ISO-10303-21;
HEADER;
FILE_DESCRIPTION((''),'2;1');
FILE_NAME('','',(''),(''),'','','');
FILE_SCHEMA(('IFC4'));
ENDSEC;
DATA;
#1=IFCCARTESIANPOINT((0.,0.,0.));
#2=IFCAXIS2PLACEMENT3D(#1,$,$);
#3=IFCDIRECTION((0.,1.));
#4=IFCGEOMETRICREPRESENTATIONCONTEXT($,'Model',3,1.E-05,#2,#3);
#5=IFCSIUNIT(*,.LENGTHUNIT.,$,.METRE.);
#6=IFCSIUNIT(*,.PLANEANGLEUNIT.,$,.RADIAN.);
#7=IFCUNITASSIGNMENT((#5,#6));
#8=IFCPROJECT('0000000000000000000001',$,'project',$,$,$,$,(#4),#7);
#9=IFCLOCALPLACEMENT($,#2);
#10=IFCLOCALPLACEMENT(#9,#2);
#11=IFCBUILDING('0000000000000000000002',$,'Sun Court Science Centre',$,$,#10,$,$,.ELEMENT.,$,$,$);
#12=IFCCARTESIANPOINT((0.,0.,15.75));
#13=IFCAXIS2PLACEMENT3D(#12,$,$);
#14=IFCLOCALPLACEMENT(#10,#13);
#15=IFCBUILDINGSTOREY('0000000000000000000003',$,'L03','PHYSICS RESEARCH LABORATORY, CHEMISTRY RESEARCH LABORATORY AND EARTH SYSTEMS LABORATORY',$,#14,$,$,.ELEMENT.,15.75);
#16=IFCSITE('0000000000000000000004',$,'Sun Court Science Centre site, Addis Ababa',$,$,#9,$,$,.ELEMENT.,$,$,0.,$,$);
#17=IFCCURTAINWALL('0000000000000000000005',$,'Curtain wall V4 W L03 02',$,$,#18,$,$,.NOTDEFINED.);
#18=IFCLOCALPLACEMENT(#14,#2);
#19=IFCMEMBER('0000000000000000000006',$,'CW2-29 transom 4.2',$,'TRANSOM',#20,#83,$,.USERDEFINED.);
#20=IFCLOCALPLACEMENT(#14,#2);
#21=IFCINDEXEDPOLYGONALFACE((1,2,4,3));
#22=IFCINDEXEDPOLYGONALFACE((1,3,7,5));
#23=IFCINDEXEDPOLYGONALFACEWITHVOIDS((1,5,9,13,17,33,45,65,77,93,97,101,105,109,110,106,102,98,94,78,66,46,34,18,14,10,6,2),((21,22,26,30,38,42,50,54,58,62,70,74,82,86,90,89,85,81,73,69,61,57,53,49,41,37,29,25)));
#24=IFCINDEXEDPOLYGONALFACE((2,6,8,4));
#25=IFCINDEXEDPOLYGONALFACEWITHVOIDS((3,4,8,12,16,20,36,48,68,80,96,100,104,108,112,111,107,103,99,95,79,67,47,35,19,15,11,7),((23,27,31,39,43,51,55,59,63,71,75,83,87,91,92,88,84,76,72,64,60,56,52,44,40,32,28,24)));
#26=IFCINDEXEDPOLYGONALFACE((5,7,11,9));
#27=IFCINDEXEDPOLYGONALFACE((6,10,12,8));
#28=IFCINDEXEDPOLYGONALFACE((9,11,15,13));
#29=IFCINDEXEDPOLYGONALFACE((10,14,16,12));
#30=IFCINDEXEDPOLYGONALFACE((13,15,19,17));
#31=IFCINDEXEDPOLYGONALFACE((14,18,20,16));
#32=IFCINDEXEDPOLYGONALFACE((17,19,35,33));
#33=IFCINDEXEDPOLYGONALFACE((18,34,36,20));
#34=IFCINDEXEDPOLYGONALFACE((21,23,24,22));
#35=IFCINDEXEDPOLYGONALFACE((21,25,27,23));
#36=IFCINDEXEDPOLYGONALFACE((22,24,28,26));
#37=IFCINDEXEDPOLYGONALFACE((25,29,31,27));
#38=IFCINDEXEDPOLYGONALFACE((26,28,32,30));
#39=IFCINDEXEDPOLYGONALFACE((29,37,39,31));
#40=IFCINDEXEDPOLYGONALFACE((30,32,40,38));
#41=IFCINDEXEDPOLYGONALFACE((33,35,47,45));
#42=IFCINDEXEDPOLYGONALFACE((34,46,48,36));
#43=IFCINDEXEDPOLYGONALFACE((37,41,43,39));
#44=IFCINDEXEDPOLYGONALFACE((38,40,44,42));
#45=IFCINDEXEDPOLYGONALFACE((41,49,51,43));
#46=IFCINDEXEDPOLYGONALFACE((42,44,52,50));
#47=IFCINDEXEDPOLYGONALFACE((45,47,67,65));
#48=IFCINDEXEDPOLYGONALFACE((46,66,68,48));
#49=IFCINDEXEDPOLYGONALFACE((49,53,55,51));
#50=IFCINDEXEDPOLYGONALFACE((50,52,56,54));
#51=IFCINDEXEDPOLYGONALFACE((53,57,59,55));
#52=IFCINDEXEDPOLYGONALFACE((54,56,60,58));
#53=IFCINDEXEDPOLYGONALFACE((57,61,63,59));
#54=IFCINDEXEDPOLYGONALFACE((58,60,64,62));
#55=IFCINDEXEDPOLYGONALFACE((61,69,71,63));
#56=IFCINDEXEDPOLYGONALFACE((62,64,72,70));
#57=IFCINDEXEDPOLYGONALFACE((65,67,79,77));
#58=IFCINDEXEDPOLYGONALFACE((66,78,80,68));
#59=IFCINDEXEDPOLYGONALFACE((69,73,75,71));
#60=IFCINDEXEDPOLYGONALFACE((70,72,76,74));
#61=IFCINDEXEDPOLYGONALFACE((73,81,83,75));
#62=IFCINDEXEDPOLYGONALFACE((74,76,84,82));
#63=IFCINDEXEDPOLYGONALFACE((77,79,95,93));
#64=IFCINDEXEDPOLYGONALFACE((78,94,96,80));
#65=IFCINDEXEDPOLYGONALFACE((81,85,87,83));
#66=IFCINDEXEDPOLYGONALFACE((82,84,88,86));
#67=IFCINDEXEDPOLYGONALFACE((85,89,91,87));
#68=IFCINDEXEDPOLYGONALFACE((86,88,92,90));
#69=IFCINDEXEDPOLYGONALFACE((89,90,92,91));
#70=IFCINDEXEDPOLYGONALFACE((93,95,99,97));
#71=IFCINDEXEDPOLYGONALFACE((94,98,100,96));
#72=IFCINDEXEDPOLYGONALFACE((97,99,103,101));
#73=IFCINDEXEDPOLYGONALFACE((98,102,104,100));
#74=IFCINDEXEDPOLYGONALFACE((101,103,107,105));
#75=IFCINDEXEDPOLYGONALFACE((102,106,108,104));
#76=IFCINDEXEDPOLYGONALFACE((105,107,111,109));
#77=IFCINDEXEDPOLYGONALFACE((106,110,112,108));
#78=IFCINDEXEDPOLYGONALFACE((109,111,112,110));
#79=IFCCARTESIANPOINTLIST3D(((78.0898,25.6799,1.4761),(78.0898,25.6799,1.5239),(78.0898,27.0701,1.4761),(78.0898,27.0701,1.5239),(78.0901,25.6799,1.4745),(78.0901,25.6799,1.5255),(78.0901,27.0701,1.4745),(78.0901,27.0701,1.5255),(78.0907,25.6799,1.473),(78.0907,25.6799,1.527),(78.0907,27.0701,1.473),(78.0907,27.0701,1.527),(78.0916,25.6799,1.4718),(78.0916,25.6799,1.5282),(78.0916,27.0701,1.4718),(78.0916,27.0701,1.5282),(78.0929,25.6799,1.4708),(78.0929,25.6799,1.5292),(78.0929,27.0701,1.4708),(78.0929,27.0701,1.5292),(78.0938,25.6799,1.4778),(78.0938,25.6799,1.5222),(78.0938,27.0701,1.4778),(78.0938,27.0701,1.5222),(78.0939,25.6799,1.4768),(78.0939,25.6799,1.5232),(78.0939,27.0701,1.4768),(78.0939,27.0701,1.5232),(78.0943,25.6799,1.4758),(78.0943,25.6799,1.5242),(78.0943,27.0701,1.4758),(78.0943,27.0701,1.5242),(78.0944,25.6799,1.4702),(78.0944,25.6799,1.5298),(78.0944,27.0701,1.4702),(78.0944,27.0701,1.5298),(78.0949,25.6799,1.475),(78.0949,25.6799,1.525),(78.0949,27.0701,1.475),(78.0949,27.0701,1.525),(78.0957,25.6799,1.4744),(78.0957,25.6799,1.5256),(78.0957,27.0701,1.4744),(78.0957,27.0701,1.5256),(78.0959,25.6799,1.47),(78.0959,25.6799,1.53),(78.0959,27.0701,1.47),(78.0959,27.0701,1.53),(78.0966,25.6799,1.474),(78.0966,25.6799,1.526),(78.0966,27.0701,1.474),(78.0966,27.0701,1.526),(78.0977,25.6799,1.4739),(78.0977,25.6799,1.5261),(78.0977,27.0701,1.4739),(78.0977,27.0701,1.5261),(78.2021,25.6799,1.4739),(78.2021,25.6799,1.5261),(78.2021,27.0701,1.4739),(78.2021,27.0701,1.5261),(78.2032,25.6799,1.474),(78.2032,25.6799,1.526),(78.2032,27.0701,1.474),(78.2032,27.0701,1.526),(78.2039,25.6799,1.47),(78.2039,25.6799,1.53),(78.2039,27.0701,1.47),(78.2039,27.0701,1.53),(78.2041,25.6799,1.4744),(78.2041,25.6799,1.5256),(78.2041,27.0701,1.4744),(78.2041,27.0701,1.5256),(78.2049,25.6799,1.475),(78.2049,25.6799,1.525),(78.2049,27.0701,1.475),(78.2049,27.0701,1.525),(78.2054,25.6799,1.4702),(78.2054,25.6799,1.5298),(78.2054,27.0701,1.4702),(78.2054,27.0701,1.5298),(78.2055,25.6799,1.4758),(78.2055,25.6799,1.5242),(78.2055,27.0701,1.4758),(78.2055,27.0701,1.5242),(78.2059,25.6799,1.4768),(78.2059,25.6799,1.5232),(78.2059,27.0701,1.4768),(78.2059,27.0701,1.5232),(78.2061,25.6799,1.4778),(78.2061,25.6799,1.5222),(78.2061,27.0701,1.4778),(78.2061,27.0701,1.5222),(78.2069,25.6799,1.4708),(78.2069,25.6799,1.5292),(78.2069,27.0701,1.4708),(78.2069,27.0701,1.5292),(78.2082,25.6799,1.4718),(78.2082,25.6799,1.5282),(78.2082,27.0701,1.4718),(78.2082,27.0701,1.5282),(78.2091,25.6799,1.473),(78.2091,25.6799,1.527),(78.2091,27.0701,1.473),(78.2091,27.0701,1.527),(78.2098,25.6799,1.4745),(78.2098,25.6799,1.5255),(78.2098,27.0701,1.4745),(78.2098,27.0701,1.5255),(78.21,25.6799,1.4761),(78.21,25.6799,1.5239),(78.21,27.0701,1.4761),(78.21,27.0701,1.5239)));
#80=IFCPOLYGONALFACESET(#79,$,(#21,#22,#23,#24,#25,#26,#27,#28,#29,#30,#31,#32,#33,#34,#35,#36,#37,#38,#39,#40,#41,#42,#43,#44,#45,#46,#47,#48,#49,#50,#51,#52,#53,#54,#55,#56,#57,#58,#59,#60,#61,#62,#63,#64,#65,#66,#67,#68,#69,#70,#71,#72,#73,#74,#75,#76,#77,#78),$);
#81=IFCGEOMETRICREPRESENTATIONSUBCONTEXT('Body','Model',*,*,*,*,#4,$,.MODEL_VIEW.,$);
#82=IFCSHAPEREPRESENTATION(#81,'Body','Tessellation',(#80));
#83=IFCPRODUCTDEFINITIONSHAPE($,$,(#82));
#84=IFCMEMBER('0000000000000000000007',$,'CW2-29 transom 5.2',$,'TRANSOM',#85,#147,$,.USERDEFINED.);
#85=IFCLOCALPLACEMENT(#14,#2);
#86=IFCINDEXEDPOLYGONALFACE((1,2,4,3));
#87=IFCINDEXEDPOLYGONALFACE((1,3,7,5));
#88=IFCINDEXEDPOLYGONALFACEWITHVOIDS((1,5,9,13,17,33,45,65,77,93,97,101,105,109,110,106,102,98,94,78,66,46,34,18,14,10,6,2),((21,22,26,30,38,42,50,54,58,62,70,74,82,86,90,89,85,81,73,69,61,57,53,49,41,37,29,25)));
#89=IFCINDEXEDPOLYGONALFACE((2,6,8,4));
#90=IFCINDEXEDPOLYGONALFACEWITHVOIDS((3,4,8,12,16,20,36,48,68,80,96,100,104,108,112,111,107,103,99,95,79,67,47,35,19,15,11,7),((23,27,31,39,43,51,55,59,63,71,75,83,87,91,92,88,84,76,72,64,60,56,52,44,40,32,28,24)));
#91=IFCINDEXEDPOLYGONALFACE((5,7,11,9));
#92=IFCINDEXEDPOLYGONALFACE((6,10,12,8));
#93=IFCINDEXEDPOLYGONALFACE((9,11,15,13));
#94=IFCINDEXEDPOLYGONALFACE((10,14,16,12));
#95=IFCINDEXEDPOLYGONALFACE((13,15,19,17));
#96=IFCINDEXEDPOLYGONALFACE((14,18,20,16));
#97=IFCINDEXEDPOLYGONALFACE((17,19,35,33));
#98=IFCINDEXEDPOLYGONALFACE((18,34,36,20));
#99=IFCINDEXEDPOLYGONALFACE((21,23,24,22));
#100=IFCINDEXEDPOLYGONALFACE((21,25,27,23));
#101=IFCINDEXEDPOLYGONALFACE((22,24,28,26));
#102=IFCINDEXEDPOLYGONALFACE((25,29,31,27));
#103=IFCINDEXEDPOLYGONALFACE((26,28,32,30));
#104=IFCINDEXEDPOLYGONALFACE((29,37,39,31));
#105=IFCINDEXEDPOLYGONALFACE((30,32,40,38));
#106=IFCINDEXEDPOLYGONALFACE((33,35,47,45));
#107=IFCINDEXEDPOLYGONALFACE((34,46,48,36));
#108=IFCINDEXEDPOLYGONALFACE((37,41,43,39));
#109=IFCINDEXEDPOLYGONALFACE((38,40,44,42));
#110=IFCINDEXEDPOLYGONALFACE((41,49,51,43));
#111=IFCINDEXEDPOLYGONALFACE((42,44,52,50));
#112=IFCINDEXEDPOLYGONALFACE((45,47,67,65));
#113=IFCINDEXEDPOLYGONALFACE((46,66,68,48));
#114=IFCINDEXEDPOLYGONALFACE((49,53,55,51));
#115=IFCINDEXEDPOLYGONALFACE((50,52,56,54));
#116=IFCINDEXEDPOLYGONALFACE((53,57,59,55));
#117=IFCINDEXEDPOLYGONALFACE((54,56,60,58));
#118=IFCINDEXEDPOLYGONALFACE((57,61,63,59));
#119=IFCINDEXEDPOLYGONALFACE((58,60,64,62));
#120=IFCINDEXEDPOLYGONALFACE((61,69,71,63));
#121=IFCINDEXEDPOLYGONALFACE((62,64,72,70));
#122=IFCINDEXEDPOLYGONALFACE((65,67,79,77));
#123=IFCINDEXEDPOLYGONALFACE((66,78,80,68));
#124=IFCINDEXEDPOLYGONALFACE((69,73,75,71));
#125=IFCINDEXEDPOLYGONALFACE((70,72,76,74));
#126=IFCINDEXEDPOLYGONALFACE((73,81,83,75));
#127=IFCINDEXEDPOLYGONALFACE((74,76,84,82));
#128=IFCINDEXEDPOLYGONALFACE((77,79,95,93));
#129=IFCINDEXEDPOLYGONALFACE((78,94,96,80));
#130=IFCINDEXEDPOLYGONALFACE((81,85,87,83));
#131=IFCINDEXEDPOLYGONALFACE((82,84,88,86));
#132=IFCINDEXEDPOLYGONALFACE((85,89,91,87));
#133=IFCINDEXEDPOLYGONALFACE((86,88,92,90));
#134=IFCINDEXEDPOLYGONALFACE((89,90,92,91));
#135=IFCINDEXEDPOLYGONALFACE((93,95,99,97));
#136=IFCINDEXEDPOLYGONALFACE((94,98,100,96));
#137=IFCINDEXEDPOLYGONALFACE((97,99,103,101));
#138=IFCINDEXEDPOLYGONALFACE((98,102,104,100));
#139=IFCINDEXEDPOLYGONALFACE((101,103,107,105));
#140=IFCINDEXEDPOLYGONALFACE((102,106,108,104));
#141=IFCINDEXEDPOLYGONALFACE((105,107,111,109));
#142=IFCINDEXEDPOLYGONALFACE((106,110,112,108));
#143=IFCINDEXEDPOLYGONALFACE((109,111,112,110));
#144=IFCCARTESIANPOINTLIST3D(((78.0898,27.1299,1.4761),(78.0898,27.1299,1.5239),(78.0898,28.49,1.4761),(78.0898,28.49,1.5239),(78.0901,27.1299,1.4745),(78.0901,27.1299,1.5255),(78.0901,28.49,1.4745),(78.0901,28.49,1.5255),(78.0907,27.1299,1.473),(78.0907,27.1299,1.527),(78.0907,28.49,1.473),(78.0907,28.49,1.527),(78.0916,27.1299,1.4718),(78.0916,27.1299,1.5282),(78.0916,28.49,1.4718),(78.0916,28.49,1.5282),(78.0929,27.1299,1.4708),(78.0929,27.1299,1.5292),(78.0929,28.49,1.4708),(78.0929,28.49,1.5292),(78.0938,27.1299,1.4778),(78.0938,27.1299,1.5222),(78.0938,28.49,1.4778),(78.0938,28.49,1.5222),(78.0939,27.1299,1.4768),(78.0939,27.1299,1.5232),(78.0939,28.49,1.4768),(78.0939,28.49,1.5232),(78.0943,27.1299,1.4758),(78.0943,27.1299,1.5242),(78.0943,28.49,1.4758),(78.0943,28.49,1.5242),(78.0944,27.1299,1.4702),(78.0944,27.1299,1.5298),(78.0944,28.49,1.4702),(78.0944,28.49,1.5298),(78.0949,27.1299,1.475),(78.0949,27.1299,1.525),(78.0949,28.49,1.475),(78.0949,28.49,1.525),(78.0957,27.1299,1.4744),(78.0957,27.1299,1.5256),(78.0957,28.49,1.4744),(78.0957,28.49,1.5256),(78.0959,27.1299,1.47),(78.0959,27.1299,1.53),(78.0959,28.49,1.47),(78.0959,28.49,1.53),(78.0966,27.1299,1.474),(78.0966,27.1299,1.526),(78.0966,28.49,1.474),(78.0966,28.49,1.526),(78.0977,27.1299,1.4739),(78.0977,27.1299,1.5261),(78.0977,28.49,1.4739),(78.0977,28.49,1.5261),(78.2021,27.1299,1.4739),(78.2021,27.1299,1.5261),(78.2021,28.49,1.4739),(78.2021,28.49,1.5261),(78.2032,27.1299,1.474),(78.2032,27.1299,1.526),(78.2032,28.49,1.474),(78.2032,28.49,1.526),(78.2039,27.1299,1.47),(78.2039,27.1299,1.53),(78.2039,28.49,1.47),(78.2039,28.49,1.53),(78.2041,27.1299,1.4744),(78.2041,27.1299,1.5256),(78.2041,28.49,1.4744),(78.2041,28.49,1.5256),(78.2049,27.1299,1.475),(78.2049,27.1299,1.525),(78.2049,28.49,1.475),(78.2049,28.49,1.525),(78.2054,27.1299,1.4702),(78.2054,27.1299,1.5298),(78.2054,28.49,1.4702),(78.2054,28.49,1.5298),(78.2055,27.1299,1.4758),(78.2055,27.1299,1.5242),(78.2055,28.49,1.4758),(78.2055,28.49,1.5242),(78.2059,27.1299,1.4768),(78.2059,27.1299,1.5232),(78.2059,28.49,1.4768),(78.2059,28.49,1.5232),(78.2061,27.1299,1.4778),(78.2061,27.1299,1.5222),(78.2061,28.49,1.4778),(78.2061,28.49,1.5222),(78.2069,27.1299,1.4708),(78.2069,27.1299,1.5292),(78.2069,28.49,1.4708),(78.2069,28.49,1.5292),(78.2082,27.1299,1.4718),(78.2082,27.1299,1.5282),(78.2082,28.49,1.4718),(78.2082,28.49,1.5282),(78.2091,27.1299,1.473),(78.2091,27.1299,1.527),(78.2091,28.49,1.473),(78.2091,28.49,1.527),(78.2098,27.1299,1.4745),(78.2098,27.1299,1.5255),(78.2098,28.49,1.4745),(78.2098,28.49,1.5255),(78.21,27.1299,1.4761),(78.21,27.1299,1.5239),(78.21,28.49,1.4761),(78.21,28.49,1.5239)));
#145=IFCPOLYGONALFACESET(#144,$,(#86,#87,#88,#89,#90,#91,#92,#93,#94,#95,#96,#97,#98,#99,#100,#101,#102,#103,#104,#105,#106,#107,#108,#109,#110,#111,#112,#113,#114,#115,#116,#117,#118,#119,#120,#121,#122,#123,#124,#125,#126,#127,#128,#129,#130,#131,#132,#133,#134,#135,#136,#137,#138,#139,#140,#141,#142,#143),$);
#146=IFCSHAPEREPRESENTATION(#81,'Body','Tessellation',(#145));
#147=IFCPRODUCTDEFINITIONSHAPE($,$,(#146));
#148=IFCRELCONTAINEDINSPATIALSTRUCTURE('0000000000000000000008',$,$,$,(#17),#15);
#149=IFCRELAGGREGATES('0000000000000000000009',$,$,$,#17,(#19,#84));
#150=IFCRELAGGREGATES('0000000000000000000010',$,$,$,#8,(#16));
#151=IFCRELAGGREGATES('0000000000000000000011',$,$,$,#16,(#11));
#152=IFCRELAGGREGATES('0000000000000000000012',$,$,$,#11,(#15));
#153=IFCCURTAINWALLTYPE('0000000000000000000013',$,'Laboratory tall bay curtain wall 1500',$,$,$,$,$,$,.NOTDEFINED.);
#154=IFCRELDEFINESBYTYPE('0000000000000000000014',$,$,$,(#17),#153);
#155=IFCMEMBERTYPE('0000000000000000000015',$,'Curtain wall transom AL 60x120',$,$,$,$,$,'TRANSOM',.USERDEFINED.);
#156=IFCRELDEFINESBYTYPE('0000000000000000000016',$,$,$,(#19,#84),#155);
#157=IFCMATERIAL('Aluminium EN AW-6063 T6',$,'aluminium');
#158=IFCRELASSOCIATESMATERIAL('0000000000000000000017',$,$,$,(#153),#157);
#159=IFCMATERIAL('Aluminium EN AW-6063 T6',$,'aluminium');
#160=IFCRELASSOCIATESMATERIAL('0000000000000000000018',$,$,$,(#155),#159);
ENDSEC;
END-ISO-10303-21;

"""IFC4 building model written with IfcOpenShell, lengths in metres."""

from ifc_helpers import new_model, si_unit, direction, frame, origin, origin_2d, place, context, subcontext, project, spatial, hollow_rectangle, extrude, material, material_profile, profile_set, type_object, element, aggregate, save


model = new_model("IFC4")

# Units and contexts
model_context = context("Model", 3, precision=1e-05, world=origin(), true_north=direction((0.0, 1.0)))
body_context = subcontext(model_context, "Body", "Model", "MODEL_VIEW")
ifc_project = project(units=[si_unit("LENGTHUNIT", "METRE"), si_unit("PLANEANGLEUNIT", "RADIAN")], contexts=[model_context])

# Site, building, storey
site_placement = place(None, origin())
site = spatial("IfcSite", under=ifc_project, at=site_placement, Name="Sun Court Science Centre site, Addis Ababa", CompositionType="ELEMENT", RefElevation=0.0)
building_placement = place(site_placement, origin())
building = spatial("IfcBuilding", under=site, at=building_placement, Name="Sun Court Science Centre", CompositionType="ELEMENT")
storey_placement = place(building_placement, frame((0.0, 0.0, 15.75)))
storey = spatial("IfcBuildingStorey", under=building, at=storey_placement, Name="L03", Description="PHYSICS RESEARCH LABORATORY, CHEMISTRY RESEARCH LABORATORY AND EARTH SYSTEMS LABORATORY", CompositionType="ELEMENT", Elevation=15.75)

# Curtain wall
ifc_material_1 = material(Name="Aluminium EN AW-6063 T6", Category="aluminium")
curtain_wall_type = type_object("IfcCurtainWallType", Name="Laboratory tall bay curtain wall 1500", PredefinedType="NOTDEFINED", material=ifc_material_1)
curtain_wall_1_placement = place(storey_placement, origin())
curtain_wall_1 = element("IfcCurtainWall", 1, at=curtain_wall_1_placement, inside=storey, type_object=curtain_wall_type, Name="Curtain wall V4 W L03 02", PredefinedType="NOTDEFINED")

# Members
ifc_material_2 = material(Name="Aluminium EN AW-6063 T6", Category="aluminium")
ifc_material_profile_1 = material_profile(ifc_material_2, hollow_rectangle(XDim=0.0601, YDim=0.1201, WallThickness=0.0039, InnerFilletRadius=0.0039, OuterFilletRadius=0.0061, at=origin_2d()), Name="AL 60x120x4")
ifc_profile_set_1 = profile_set([ifc_material_profile_1], Name="Aluminium EN AW-6063 T6")
member_type_1 = type_object("IfcMemberType", Name="Curtain wall transom AL 60x120", ElementType="TRANSOM", PredefinedType="USERDEFINED", material=ifc_profile_set_1)
member_1_placement = place(storey_placement, frame((78.1499, 25.6799, 1.5), z_axis=(0.0, 1.0, 0.0), x_axis=(0.0, 0.0, 1.0)))
member_1 = element("IfcMember", 2, at=member_1_placement, type_object=member_type_1, Name="CW2-29 transom 4.2", ObjectType="TRANSOM", PredefinedType="USERDEFINED", context=body_context, shape_type="SweptSolid", body=[
    extrude(hollow_rectangle(XDim=0.0601, YDim=0.1201, WallThickness=0.0039, InnerFilletRadius=0.0039, OuterFilletRadius=0.0061, at=origin_2d()), origin(), (0.0, 0.0, 1.0), 1.3901),
])
member_2_placement = place(storey_placement, frame((78.1499, 27.1299, 1.5), z_axis=(0.0, 1.0, 0.0), x_axis=(0.0, 0.0, 1.0)))
member_2 = element("IfcMember", 3, at=member_2_placement, type_object=member_type_1, Name="CW2-29 transom 5.2", ObjectType="TRANSOM", PredefinedType="USERDEFINED", context=body_context, shape_type="SweptSolid", body=[
    extrude(hollow_rectangle(XDim=0.0601, YDim=0.1201, WallThickness=0.0039, InnerFilletRadius=0.0039, OuterFilletRadius=0.0061, at=origin_2d()), origin(), (0.0, 0.0, 1.0), 1.3601),
])

aggregate(curtain_wall_1, [member_1, member_2])

save(model, "model.ifc")
